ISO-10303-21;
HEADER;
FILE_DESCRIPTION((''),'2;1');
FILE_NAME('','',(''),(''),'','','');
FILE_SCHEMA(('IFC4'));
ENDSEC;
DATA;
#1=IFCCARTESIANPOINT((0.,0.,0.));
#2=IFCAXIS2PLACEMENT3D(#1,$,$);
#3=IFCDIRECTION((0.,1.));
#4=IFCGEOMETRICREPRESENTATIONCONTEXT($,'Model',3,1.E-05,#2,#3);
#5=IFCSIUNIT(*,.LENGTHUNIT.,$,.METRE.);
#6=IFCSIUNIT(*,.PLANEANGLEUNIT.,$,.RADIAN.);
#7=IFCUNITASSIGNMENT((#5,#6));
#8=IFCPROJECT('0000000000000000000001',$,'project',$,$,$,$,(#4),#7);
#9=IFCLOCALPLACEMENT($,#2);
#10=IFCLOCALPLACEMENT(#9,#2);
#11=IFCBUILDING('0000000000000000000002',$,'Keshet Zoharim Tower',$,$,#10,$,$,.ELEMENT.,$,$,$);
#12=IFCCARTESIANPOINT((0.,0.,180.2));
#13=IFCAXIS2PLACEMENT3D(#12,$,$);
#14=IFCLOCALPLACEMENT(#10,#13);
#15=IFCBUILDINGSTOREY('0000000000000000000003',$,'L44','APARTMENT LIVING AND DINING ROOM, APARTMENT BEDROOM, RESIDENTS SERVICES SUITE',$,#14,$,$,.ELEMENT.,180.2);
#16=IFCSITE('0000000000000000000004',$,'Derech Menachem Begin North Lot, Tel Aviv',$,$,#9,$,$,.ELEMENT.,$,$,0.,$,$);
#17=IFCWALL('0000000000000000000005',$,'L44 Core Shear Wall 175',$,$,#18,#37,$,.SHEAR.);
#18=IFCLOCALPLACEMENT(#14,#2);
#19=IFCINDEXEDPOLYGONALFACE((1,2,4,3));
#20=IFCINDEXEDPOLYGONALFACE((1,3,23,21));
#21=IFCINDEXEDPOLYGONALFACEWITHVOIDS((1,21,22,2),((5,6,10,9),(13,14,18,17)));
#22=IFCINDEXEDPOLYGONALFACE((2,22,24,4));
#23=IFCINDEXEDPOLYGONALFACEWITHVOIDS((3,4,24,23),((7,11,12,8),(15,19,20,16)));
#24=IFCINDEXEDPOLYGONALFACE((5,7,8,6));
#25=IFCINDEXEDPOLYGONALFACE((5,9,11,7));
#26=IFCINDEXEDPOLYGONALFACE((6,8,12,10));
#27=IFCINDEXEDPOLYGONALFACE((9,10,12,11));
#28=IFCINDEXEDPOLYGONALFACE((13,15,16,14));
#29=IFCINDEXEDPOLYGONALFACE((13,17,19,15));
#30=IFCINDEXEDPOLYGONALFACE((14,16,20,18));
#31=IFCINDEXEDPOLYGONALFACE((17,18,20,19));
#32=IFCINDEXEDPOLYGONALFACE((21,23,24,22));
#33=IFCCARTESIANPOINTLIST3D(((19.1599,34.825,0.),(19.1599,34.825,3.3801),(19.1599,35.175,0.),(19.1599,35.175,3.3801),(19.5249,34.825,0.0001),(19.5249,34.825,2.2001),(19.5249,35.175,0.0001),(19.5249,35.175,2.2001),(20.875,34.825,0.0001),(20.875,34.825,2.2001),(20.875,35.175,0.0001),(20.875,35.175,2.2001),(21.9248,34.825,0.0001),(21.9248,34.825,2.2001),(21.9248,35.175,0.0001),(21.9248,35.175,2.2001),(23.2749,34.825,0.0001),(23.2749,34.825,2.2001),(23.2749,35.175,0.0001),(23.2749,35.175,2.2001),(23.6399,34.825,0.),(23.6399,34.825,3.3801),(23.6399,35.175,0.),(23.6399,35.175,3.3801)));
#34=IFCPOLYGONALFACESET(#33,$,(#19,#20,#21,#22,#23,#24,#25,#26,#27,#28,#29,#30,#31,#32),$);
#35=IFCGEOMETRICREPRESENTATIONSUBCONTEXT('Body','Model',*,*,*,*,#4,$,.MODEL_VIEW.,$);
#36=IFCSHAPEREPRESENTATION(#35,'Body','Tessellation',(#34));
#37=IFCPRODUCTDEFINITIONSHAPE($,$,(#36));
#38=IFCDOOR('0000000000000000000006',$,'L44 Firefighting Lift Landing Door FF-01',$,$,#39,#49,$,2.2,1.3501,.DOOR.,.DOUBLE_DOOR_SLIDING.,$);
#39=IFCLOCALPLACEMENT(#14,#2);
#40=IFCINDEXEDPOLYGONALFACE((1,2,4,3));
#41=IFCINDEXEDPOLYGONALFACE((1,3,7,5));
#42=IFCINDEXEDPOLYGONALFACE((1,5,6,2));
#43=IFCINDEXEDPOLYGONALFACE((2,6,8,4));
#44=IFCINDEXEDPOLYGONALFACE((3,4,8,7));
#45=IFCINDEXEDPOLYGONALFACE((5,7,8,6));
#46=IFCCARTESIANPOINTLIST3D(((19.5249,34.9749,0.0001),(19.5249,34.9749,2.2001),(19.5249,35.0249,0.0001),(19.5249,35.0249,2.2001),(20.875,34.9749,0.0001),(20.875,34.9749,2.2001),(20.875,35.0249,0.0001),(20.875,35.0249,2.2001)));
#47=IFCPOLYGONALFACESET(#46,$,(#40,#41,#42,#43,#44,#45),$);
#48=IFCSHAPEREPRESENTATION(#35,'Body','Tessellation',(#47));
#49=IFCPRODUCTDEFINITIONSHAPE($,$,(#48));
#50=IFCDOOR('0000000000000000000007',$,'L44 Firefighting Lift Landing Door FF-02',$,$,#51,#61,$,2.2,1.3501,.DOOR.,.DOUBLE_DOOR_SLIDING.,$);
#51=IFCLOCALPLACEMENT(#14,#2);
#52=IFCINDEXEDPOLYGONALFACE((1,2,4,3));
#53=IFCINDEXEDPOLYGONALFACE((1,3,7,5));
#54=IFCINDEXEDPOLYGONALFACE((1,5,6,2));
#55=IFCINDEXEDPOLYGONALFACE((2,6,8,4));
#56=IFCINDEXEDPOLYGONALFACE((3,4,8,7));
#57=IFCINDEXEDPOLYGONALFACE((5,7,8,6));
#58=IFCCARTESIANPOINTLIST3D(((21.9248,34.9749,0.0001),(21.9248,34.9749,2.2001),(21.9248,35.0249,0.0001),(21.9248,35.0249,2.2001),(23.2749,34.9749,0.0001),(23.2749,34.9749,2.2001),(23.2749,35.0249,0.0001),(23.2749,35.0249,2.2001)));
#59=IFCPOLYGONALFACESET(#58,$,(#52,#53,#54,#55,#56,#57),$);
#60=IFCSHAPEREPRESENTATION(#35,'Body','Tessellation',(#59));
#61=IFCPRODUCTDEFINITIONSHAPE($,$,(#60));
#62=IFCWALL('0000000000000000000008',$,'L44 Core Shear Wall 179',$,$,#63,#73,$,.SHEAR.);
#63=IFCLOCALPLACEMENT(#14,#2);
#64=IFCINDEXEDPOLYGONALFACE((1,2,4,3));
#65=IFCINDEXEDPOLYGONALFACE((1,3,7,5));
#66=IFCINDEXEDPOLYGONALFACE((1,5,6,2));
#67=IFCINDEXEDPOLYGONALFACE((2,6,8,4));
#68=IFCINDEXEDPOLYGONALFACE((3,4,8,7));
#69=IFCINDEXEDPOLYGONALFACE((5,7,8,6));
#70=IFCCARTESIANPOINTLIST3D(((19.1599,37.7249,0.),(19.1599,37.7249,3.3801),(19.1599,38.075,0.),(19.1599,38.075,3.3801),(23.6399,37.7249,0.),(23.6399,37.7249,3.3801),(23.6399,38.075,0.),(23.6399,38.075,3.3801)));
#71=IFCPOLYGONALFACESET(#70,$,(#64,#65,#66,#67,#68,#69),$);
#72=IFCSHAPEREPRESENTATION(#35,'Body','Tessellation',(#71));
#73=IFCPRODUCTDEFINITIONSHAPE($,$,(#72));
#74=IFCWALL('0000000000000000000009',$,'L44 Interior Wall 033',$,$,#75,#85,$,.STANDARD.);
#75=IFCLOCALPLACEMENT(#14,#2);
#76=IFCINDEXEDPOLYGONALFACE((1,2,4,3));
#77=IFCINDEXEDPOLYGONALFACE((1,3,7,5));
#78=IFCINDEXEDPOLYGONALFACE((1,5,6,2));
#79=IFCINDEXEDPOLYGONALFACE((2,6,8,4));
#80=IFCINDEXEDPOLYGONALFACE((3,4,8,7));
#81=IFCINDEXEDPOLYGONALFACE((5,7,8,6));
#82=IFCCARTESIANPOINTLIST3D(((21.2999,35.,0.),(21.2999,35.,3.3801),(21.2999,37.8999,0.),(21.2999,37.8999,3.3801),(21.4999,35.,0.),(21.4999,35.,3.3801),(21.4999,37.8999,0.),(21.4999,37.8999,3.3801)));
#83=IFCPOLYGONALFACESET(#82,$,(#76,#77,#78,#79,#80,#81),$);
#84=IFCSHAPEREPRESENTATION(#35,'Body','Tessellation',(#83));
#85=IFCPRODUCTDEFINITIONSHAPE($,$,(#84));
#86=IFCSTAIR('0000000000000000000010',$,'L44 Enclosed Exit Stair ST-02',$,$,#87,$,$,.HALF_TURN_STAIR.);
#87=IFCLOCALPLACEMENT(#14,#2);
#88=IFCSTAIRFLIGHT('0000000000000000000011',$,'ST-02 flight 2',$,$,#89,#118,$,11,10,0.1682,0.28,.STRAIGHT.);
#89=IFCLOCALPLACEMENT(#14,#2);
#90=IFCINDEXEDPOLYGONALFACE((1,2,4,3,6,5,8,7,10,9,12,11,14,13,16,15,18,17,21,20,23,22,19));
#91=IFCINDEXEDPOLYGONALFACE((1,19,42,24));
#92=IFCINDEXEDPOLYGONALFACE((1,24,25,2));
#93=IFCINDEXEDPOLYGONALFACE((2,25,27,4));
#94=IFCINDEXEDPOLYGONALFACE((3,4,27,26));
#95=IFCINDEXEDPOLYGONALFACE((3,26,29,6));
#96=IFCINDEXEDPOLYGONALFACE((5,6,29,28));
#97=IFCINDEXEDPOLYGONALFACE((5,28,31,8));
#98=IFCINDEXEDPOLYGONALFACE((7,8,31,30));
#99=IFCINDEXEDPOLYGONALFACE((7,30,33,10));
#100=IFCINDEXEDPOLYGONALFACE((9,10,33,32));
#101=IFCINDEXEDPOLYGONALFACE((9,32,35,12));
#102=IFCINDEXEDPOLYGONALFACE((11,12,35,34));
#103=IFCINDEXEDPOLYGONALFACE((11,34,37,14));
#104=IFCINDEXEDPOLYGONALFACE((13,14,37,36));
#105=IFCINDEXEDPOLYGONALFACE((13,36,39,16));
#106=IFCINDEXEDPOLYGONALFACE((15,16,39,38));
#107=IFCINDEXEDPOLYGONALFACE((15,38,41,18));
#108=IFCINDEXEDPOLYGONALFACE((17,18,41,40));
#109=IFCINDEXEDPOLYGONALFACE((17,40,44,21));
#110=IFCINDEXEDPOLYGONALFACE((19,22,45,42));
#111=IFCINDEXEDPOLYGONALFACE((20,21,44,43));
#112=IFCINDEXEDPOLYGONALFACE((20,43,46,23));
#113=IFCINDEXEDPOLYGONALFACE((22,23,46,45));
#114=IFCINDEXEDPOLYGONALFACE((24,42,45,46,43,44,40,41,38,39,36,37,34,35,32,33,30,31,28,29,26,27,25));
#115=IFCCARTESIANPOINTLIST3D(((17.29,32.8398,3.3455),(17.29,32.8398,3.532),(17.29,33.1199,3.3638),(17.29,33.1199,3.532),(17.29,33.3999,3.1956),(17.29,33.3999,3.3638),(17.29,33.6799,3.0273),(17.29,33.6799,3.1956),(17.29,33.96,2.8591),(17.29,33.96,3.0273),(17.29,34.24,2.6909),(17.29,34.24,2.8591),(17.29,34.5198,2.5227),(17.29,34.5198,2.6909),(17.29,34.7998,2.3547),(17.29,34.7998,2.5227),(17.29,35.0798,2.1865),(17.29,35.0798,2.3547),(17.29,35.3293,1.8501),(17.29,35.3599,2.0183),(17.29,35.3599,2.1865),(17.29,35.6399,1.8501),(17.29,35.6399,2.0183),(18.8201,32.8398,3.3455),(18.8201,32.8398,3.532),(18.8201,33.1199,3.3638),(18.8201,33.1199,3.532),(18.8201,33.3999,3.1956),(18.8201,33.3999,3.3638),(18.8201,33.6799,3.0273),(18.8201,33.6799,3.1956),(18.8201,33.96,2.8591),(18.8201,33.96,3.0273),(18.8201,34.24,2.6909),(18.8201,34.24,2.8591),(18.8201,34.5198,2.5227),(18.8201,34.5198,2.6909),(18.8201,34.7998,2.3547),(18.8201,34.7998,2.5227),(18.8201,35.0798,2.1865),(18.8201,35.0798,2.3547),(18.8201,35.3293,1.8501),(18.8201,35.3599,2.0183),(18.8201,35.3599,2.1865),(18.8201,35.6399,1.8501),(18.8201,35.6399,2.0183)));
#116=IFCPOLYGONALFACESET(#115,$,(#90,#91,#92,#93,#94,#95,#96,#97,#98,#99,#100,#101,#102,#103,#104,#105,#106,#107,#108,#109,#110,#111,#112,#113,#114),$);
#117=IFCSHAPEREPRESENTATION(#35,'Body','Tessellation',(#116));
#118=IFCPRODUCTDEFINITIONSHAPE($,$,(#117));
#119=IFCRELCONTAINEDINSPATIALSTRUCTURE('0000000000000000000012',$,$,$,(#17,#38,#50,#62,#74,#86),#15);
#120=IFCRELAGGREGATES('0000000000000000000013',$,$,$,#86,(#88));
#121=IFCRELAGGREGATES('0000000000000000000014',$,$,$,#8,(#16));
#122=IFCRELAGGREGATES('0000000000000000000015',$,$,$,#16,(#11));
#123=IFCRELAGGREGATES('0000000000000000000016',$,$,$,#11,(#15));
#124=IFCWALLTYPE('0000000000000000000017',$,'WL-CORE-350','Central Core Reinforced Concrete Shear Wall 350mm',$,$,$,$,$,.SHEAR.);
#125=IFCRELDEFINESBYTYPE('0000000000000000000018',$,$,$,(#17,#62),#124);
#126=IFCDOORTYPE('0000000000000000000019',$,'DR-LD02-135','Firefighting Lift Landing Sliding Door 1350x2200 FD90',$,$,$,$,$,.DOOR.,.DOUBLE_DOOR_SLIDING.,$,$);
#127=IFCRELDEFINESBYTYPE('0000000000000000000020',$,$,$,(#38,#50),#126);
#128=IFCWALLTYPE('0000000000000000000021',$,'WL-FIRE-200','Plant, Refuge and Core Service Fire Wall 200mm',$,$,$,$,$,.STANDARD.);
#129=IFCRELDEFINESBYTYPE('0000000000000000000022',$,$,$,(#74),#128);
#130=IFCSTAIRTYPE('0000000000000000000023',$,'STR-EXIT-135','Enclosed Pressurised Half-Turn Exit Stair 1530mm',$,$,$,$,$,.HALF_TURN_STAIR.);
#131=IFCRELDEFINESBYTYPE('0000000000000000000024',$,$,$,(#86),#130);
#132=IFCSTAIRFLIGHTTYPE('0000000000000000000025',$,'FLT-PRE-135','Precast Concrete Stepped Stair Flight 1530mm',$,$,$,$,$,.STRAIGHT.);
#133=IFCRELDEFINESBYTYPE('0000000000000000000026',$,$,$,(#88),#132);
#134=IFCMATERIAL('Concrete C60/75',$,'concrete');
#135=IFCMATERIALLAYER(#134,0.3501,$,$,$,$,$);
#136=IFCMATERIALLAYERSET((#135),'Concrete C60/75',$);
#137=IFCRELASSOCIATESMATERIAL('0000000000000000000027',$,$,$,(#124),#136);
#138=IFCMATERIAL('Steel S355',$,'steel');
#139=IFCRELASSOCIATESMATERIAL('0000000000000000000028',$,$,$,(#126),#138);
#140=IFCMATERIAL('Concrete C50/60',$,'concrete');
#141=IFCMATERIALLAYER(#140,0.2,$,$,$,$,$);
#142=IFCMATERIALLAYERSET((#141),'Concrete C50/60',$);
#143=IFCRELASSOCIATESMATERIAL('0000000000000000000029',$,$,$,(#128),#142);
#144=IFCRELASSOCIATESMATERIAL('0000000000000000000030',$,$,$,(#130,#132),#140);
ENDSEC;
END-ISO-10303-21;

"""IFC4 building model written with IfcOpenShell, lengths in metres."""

from ifc_helpers import new_model, si_unit, direction, frame, frame_2d, origin, place, context, subcontext, project, spatial, polyline, rectangle, outline, extrude, material, layer, layer_set, type_object, element, fill, aggregate, save


model = new_model("IFC4")

# Units and contexts
model_context = context("Model", 3, precision=1e-05, world=origin(), true_north=direction((0.0, 1.0)))
body_context = subcontext(model_context, "Body", "Model", "MODEL_VIEW")
ifc_project = project(units=[si_unit("LENGTHUNIT", "METRE"), si_unit("PLANEANGLEUNIT", "RADIAN")], contexts=[model_context])

# Site, building, storey
site_placement = place(None, origin())
site = spatial("IfcSite", under=ifc_project, at=site_placement, Name="Derech Menachem Begin North Lot, Tel Aviv", CompositionType="ELEMENT", RefElevation=0.0)
building_placement = place(site_placement, origin())
building = spatial("IfcBuilding", under=site, at=building_placement, Name="Keshet Zoharim Tower", CompositionType="ELEMENT")
storey_placement = place(building_placement, frame((0.0, 0.0, 180.2)))
storey = spatial("IfcBuildingStorey", under=building, at=storey_placement, Name="L44", Description="APARTMENT LIVING AND DINING ROOM, APARTMENT BEDROOM, RESIDENTS SERVICES SUITE", CompositionType="ELEMENT", Elevation=180.2)

# Shared definitions
ifc_material_1 = material(Name="Steel S355", Category="steel")

# Shared definitions
ifc_material_2 = material(Name="Concrete C60/75", Category="concrete")
ifc_layer_1 = layer(ifc_material_2, 0.3501)
ifc_layer_set_1 = layer_set([ifc_layer_1], Name="Concrete C60/75")
wall_type_1 = type_object("IfcWallType", Name="WL-CORE-350", Description="Central Core Reinforced Concrete Shear Wall 350mm", PredefinedType="SHEAR", material=ifc_layer_set_1)

# Wall, openings, doors
wall_1_placement = place(storey_placement, frame((19.1599, 35.0, 0.0), z_axis=(0.0, 0.0, 1.0), x_axis=(1.0, 0.0, 0.0)))
wall_1 = element("IfcWall", 1, at=wall_1_placement, inside=storey, type_object=wall_type_1, Name="L44 Core Shear Wall 175", PredefinedType="SHEAR", context=body_context, shape_type="SweptSolid", body=[
    extrude(rectangle(XDim=4.48, YDim=0.3501, at=frame_2d((2.24, 0.0))), origin(), (0.0, 0.0, 1.0), 3.3801),
])
opening_1_placement = place(wall_1_placement, frame((0.365, 0.0, 0.0)))
opening_1 = element("IfcOpeningElement", 2, at=opening_1_placement, cuts=wall_1, PredefinedType="OPENING", context=body_context, shape_type="SweptSolid", body=[
    extrude(rectangle(XDim=1.3501, YDim=2.2, at=frame_2d((0.675, 1.1001))), frame((0.0, 0.1851, 0.0), z_axis=(0.0, -1.0, 0.0), x_axis=(1.0, 0.0, 0.0)), (0.0, 0.0, 1.0), 0.3701),
])
opening_2_placement = place(wall_1_placement, frame((2.7649, 0.0, 0.0)))
opening_2 = element("IfcOpeningElement", 3, at=opening_2_placement, cuts=wall_1, PredefinedType="OPENING", context=body_context, shape_type="SweptSolid", body=[
    extrude(rectangle(XDim=1.3501, YDim=2.2, at=frame_2d((0.675, 1.1001))), frame((0.0, 0.1851, 0.0), z_axis=(0.0, -1.0, 0.0), x_axis=(1.0, 0.0, 0.0)), (0.0, 0.0, 1.0), 0.3701),
])
door_type_1 = type_object("IfcDoorType", Name="DR-LD02-135", Description="Firefighting Lift Landing Sliding Door 1350x2200 FD90", OperationType="DOUBLE_DOOR_SLIDING", PredefinedType="DOOR", material=ifc_material_1)
door_1_placement = place(opening_1_placement, origin())
door_1 = element("IfcDoor", 4, at=door_1_placement, inside=storey, type_object=door_type_1, Name="L44 Firefighting Lift Landing Door FF-01", OperationType="DOUBLE_DOOR_SLIDING", OverallHeight=2.2, OverallWidth=1.3501, PredefinedType="DOOR", context=body_context, shape_type="SweptSolid", body=[
    extrude(rectangle(XDim=1.3501, YDim=2.2, at=frame_2d((0.675, 1.1001))), frame((0.0, 0.0249, 0.0), z_axis=(0.0, -1.0, 0.0), x_axis=(1.0, 0.0, 0.0)), (0.0, 0.0, 1.0), 0.05),
])
fill(opening_1, door_1)
door_2_placement = place(opening_2_placement, origin())
door_2 = element("IfcDoor", 5, at=door_2_placement, inside=storey, type_object=door_type_1, Name="L44 Firefighting Lift Landing Door FF-02", OperationType="DOUBLE_DOOR_SLIDING", OverallHeight=2.2, OverallWidth=1.3501, PredefinedType="DOOR", context=body_context, shape_type="SweptSolid", body=[
    extrude(rectangle(XDim=1.3501, YDim=2.2, at=frame_2d((0.675, 1.1001))), frame((0.0, 0.0249, 0.0), z_axis=(0.0, -1.0, 0.0), x_axis=(1.0, 0.0, 0.0)), (0.0, 0.0, 1.0), 0.05),
])
fill(opening_2, door_2)

# Walls
wall_2_placement = place(storey_placement, frame((19.1599, 37.8999, 0.0), z_axis=(0.0, 0.0, 1.0), x_axis=(1.0, 0.0, 0.0)))
element("IfcWall", 6, at=wall_2_placement, inside=storey, type_object=wall_type_1, Name="L44 Core Shear Wall 179", PredefinedType="SHEAR", context=body_context, shape_type="SweptSolid", body=[
    extrude(rectangle(XDim=4.48, YDim=0.3501, at=frame_2d((2.24, 0.0))), origin(), (0.0, 0.0, 1.0), 3.3801),
])
ifc_material_3 = material(Name="Concrete C50/60", Category="concrete")
ifc_layer_2 = layer(ifc_material_3, 0.2)
ifc_layer_set_2 = layer_set([ifc_layer_2], Name="Concrete C50/60")
wall_type_2 = type_object("IfcWallType", Name="WL-FIRE-200", Description="Plant, Refuge and Core Service Fire Wall 200mm", PredefinedType="STANDARD", material=ifc_layer_set_2)
wall_3_placement = place(storey_placement, frame((21.3999, 35.0, 0.0), z_axis=(0.0, 0.0, 1.0), x_axis=(0.0, 1.0, 0.0)))
element("IfcWall", 7, at=wall_3_placement, inside=storey, type_object=wall_type_2, Name="L44 Interior Wall 033", PredefinedType="STANDARD", context=body_context, shape_type="SweptSolid", body=[
    extrude(rectangle(XDim=2.8999, YDim=0.2, at=frame_2d((1.45, 0.0))), origin(), (0.0, 0.0, 1.0), 3.3801),
])

# Stair, stair flight
stair_type = type_object("IfcStairType", Name="STR-EXIT-135", Description="Enclosed Pressurised Half-Turn Exit Stair 1530mm", PredefinedType="HALF_TURN_STAIR", material=ifc_material_3)
stair_placement = place(storey_placement, origin())
stair = element("IfcStair", 8, at=stair_placement, inside=storey, type_object=stair_type, Name="L44 Enclosed Exit Stair ST-02", PredefinedType="HALF_TURN_STAIR")
stair_flight_type = type_object("IfcStairFlightType", Name="FLT-PRE-135", Description="Precast Concrete Stepped Stair Flight 1530mm", PredefinedType="STRAIGHT", material=ifc_material_3)
stair_flight_placement = place(storey_placement, frame((18.0549, 35.6399, 1.8501), z_axis=(0.0, 0.0, 1.0), x_axis=(0.0, -1.0, 0.0)))
stair_flight = element("IfcStairFlight", 9, at=stair_flight_placement, type_object=stair_flight_type, Name="ST-02 flight 2", NumberOfRisers=11, NumberOfTreads=10, PredefinedType="STRAIGHT", RiserHeight=0.1682, TreadLength=0.28, context=body_context, shape_type="SweptSolid", body=[
    extrude(outline(polyline([(0.0, 0.0), (0.0, 0.1682), (0.28, 0.1682), (0.28, 0.3364), (0.5601, 0.3364), (0.5601, 0.5046), (0.8401, 0.5046), (0.8401, 0.6726), (1.1201, 0.6726), (1.1201, 0.8408), (1.3999, 0.8408), (1.3999, 1.009), (1.6799, 1.009), (1.6799, 1.1772), (1.96, 1.1772), (1.96, 1.3455), (2.24, 1.3455), (2.24, 1.5137), (2.52, 1.5137), (2.52, 1.6819), (2.8, 1.6819), (2.8, 1.8501), (2.8, 1.4954), (0.3105, 0.0), (0.0, 0.0)])), frame((0.0, 0.7651, 0.0), z_axis=(0.0, -1.0, 0.0), x_axis=(1.0, 0.0, 0.0)), (0.0, 0.0, 1.0), 1.53),
])
aggregate(stair, [stair_flight])

save(model, "model.ifc")
